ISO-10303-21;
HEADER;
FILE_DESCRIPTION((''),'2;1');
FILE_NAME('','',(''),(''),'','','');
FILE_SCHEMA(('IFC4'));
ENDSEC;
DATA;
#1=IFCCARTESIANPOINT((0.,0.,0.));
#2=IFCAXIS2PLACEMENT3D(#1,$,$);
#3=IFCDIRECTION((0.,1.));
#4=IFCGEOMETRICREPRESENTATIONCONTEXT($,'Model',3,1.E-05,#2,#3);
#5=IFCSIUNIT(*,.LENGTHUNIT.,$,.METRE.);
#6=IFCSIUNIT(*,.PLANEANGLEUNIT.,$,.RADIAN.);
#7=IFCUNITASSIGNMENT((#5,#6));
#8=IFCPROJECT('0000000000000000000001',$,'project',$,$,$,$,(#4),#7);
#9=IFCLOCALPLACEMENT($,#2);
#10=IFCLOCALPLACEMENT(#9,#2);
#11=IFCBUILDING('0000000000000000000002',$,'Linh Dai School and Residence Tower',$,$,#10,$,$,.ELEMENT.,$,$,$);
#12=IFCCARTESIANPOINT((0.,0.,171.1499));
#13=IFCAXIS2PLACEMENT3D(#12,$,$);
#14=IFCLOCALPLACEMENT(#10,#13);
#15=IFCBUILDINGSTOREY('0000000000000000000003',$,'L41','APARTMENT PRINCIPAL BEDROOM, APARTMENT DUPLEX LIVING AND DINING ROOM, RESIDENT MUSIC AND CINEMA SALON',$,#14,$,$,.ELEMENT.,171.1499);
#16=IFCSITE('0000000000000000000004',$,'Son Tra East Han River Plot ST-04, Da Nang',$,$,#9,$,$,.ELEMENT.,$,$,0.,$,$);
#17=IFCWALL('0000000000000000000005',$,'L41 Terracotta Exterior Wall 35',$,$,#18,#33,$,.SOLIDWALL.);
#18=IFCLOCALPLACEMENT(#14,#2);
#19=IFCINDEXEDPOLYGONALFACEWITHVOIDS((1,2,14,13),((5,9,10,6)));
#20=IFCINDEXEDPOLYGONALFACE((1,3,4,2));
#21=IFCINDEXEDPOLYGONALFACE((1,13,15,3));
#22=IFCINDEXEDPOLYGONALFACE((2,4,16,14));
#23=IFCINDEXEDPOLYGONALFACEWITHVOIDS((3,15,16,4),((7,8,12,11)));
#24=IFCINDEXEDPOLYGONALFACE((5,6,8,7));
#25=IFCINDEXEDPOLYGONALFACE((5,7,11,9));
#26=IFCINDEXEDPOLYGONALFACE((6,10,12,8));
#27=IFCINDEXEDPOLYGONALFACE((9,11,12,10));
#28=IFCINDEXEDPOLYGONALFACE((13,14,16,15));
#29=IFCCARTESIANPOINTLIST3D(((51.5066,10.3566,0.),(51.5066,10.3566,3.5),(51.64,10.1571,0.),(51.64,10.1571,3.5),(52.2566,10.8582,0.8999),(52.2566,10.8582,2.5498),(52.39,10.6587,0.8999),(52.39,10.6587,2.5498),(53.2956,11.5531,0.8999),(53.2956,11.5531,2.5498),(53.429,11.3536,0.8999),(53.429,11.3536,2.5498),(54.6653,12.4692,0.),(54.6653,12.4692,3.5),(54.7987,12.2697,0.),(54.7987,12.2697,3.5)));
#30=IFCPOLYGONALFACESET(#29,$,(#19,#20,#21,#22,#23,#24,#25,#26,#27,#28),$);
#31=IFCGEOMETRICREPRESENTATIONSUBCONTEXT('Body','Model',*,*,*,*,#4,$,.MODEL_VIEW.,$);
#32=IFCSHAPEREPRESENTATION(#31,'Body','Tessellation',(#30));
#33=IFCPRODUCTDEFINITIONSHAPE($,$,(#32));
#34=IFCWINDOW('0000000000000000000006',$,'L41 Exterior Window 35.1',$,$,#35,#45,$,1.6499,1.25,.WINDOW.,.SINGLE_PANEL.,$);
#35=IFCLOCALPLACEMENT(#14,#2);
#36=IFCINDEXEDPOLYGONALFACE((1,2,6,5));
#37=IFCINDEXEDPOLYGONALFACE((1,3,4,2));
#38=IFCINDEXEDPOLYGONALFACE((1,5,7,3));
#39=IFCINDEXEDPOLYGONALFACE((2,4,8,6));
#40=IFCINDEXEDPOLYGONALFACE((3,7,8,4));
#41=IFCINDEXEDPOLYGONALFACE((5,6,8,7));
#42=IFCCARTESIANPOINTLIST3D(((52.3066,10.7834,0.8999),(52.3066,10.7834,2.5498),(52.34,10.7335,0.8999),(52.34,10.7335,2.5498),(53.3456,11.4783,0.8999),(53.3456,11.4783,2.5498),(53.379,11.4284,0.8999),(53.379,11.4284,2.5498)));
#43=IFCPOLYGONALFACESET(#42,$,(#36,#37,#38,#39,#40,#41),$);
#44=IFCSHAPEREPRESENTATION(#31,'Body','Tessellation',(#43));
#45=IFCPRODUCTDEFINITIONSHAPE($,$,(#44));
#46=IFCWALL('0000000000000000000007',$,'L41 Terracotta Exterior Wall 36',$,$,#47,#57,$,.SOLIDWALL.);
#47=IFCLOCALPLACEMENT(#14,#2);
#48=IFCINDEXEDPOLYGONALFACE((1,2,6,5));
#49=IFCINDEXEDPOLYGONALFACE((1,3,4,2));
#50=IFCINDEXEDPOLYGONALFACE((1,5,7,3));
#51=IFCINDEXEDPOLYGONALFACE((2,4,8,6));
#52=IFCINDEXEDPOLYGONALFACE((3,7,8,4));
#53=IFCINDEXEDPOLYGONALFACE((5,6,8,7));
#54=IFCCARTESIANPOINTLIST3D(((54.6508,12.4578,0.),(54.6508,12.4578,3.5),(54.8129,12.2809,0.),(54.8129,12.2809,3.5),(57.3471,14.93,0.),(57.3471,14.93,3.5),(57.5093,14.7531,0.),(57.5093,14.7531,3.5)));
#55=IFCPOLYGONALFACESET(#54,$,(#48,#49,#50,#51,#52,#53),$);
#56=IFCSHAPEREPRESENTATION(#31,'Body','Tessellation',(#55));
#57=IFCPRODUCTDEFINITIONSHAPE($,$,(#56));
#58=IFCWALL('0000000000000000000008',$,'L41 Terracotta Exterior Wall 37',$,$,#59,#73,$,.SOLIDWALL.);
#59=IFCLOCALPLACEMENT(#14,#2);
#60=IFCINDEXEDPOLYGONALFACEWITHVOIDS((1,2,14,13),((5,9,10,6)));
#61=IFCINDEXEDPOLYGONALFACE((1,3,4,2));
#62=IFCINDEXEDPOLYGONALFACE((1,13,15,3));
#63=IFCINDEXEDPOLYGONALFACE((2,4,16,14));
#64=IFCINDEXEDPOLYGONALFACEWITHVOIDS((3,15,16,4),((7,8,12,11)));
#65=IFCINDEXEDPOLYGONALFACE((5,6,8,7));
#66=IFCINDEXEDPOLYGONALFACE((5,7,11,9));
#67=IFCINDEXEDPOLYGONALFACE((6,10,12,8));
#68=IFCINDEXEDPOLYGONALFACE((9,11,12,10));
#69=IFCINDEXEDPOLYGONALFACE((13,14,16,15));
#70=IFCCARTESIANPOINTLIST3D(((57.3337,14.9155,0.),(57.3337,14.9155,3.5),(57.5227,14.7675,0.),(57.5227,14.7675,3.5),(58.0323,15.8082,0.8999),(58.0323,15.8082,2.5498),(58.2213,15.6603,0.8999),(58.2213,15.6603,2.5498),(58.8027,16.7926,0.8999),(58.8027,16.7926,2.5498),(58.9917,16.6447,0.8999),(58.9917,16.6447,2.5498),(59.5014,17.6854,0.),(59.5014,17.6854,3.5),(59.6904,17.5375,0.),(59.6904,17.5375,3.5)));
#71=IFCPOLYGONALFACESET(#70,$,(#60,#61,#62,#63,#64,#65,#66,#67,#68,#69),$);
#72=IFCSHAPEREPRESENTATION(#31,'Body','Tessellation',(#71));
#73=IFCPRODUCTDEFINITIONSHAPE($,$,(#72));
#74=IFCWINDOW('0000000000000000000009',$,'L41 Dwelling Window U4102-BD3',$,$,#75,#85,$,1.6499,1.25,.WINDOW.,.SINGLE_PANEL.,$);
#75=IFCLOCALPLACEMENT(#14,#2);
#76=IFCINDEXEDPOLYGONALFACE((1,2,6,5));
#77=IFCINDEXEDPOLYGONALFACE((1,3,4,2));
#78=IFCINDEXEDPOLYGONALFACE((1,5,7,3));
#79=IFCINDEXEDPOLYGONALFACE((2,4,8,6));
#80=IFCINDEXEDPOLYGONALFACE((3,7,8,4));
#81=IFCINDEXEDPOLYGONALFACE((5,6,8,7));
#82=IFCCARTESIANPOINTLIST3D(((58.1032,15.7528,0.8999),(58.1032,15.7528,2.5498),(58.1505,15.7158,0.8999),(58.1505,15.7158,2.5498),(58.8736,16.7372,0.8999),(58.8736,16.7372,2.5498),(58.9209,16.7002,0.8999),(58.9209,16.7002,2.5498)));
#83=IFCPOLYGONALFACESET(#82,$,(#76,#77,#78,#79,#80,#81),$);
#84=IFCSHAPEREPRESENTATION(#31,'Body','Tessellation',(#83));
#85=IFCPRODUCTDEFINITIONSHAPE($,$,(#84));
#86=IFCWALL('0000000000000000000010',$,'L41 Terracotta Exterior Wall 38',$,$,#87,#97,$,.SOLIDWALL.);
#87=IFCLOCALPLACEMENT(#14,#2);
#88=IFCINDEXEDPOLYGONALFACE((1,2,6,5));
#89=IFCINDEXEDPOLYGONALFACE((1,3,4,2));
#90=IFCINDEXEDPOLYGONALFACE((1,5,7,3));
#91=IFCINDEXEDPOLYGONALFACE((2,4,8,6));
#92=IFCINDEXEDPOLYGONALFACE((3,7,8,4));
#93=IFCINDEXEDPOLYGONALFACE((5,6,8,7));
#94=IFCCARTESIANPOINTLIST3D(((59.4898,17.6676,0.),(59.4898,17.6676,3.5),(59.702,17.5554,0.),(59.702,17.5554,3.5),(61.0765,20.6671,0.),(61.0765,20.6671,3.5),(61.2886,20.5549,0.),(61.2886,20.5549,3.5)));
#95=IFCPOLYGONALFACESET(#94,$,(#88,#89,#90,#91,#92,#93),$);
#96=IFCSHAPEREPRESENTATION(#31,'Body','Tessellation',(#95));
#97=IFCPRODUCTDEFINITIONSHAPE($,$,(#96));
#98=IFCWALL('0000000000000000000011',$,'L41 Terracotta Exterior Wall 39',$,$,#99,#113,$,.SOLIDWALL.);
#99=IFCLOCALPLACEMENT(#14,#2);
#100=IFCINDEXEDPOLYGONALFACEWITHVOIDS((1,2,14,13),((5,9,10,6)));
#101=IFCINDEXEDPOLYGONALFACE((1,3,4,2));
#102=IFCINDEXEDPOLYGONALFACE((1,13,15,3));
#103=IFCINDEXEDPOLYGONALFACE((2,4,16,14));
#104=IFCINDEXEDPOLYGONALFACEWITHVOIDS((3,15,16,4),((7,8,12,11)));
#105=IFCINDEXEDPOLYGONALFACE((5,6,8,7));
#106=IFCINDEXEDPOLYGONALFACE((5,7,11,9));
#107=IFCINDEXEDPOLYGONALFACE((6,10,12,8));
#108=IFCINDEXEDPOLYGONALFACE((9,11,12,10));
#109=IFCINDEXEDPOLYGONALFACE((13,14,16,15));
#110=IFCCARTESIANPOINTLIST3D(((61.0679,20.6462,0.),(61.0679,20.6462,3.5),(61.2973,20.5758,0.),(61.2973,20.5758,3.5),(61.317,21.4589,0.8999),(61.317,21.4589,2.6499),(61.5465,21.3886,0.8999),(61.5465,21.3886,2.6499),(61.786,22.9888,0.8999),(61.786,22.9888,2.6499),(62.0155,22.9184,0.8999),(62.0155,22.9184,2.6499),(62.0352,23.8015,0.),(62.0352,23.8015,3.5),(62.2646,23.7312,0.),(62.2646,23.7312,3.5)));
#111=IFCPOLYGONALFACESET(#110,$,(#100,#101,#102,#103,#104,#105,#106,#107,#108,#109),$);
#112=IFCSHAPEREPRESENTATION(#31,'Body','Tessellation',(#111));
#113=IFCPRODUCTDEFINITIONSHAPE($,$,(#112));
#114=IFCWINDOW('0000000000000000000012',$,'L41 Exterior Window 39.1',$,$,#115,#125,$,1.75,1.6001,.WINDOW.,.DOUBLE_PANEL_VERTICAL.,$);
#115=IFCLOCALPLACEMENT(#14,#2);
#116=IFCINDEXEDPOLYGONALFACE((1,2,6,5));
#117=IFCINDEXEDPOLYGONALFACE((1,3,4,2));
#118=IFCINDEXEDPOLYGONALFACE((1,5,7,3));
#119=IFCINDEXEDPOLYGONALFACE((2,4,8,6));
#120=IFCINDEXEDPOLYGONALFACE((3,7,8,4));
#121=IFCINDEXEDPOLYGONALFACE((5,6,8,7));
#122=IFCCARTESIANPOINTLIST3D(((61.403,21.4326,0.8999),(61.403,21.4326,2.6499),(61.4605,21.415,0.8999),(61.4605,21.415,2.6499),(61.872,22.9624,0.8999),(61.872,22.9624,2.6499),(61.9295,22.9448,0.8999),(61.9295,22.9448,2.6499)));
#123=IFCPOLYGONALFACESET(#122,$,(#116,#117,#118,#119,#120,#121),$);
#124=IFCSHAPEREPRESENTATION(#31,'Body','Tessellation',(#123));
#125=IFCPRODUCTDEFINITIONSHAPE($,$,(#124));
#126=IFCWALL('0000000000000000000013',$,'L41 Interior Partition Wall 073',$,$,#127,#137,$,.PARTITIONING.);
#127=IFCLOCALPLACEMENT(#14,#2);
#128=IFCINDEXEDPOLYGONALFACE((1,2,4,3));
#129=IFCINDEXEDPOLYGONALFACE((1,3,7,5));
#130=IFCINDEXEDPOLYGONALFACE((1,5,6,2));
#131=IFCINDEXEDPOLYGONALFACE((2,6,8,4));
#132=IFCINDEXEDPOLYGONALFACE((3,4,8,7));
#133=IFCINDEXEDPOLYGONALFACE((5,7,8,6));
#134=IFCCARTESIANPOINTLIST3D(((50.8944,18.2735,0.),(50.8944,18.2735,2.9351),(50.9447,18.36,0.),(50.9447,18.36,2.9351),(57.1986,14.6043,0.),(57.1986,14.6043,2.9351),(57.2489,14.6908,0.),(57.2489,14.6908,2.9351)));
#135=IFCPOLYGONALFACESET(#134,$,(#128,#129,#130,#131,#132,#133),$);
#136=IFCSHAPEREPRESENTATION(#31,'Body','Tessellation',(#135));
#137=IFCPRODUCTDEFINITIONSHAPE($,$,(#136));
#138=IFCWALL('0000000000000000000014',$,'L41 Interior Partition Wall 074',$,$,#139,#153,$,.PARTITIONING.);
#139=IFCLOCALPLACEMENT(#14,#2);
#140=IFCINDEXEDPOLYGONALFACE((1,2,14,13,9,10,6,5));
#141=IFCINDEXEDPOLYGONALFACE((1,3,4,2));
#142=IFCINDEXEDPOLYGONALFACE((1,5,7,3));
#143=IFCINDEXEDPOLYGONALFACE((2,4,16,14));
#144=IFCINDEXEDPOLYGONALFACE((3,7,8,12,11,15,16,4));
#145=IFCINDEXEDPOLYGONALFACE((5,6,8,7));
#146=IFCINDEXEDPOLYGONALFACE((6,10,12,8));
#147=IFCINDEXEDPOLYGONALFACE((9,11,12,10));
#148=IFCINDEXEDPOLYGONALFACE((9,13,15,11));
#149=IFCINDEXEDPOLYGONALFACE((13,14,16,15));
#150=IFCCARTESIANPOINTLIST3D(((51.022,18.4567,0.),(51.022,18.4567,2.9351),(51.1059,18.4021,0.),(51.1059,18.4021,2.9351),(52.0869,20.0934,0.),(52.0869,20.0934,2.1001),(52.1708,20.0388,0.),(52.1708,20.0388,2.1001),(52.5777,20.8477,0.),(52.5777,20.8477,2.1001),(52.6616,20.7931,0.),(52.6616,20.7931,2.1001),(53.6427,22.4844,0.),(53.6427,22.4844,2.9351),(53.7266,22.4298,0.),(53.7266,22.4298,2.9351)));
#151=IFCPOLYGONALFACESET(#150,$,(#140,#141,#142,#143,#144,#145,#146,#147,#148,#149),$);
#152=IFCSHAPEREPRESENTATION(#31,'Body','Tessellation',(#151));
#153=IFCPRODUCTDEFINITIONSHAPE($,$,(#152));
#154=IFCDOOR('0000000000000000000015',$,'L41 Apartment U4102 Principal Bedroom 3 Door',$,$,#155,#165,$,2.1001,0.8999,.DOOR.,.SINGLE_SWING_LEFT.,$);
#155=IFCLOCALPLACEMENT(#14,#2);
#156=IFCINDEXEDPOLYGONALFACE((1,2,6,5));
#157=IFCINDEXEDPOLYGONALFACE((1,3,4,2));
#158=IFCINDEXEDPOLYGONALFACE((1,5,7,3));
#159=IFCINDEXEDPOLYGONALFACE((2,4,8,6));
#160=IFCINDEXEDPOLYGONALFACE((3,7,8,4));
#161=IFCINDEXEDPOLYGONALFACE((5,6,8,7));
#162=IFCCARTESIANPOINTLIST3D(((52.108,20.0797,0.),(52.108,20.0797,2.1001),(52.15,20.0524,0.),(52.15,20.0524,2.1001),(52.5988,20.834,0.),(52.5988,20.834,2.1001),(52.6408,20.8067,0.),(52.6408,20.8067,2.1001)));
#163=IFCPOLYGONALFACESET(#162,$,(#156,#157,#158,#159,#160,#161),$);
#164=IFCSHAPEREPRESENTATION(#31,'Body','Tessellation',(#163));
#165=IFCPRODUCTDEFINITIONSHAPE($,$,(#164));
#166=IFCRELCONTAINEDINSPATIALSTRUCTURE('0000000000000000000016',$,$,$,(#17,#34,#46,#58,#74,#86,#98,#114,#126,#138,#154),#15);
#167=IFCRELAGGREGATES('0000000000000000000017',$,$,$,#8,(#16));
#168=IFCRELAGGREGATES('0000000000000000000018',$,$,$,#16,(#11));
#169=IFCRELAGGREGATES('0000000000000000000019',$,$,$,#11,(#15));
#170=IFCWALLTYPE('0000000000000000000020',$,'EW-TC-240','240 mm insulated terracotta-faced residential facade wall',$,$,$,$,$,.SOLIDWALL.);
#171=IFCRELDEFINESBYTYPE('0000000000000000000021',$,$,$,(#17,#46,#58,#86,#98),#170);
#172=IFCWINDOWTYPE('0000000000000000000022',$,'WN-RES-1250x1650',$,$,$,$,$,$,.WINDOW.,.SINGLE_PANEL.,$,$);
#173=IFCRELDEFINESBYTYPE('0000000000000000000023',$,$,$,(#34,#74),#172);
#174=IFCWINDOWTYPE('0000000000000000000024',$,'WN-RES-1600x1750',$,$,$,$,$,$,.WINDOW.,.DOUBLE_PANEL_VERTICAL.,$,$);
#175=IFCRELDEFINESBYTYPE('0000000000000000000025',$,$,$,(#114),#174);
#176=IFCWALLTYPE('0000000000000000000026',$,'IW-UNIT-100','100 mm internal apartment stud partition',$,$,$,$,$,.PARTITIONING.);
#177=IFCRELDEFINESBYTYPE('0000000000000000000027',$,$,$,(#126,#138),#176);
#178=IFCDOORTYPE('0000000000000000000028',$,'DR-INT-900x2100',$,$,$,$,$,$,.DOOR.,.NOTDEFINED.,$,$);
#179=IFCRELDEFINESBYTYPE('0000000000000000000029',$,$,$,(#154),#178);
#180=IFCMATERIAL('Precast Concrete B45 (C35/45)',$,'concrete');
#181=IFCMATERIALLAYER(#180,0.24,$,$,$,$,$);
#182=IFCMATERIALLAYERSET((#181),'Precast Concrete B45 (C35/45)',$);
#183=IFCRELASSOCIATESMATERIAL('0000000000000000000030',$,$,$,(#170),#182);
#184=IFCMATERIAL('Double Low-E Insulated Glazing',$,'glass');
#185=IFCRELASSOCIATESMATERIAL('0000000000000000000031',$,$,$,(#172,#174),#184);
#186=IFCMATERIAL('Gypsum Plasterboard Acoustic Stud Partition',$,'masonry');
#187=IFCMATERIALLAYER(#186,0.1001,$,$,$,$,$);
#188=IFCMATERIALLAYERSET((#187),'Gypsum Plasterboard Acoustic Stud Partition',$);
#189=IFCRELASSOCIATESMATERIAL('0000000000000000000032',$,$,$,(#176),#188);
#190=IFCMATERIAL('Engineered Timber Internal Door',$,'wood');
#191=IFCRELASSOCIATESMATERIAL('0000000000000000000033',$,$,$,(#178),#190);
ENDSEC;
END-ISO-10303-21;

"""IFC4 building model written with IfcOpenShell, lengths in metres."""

from ifc_helpers import new_model, si_unit, direction, frame, frame_2d, origin, origin_2d, place, context, subcontext, project, spatial, rectangle, extrude, source, transform, mapped, material, layer, layer_set, type_object, element, fill, save


model = new_model("IFC4")

# Units and contexts
model_context = context("Model", 3, precision=1e-05, world=origin(), true_north=direction((0.0, 1.0)))
body_context = subcontext(model_context, "Body", "Model", "MODEL_VIEW")
ifc_project = project(units=[si_unit("LENGTHUNIT", "METRE"), si_unit("PLANEANGLEUNIT", "RADIAN")], contexts=[model_context])

# Site, building, storey
site_placement = place(None, origin())
site = spatial("IfcSite", under=ifc_project, at=site_placement, Name="Son Tra East Han River Plot ST-04, Da Nang", CompositionType="ELEMENT", RefElevation=0.0)
building_placement = place(site_placement, origin())
building = spatial("IfcBuilding", under=site, at=building_placement, Name="Linh Dai School and Residence Tower", CompositionType="ELEMENT")
storey_placement = place(building_placement, frame((0.0, 0.0, 171.1499)))
storey = spatial("IfcBuildingStorey", under=building, at=storey_placement, Name="L41", Description="APARTMENT PRINCIPAL BEDROOM, APARTMENT DUPLEX LIVING AND DINING ROOM, RESIDENT MUSIC AND CINEMA SALON", CompositionType="ELEMENT", Elevation=171.1499)

# Shared definitions
ifc_material_1 = material(Name="Precast Concrete B45 (C35/45)", Category="concrete")

# Wall, opening, window
ifc_layer_1 = layer(ifc_material_1, 0.24)
ifc_layer_set_1 = layer_set([ifc_layer_1], Name="Precast Concrete B45 (C35/45)")
wall_type_1 = type_object("IfcWallType", Name="EW-TC-240", Description="240 mm insulated terracotta-faced residential facade wall", PredefinedType="SOLIDWALL", material=ifc_layer_set_1)
ifc_material_2 = material(Name="Double Low-E Insulated Glazing", Category="glass")
wall_1_placement = place(storey_placement, frame((54.7319, 12.3694, 0.0), z_axis=(0.0, 0.0, 1.0), x_axis=(-0.831229, -0.55593, 0.0)))
wall_1 = element("IfcWall", 1, at=wall_1_placement, inside=storey, type_object=wall_type_1, Name="L41 Terracotta Exterior Wall 35", PredefinedType="SOLIDWALL", context=body_context, shape_type="SweptSolid", body=[
    extrude(rectangle(XDim=3.8, YDim=0.24, at=frame_2d((1.8999, 0.0))), origin(), (0.0, 0.0, 1.0), 3.5),
])
opening_1_placement = place(wall_1_placement, frame((1.6477, 0.0, 0.8999)))
opening_1 = element("IfcOpeningElement", 2, at=opening_1_placement, cuts=wall_1, PredefinedType="OPENING", context=body_context, shape_type="SweptSolid", body=[
    extrude(rectangle(XDim=1.25, YDim=1.6499, at=origin_2d()), frame((0.625, 0.1299, 0.825), z_axis=(0.0, -1.0, 0.0), x_axis=(1.0, 0.0, 0.0)), (0.0, 0.0, 1.0), 0.26),
])
window_type_1 = type_object("IfcWindowType", Name="WN-RES-1250x1650", PartitioningType="SINGLE_PANEL", PredefinedType="WINDOW", material=ifc_material_2)
shared_shape_1 = source(origin(), body_context, "Body", "SweptSolid", [
    extrude(rectangle(XDim=1.25, YDim=1.6499, at=origin_2d()), frame((0.625, 0.03, 0.825), z_axis=(0.0, -1.0, 0.0), x_axis=(1.0, 0.0, 0.0)), (0.0, 0.0, 1.0), 0.0601),
])
window_1_placement = place(opening_1_placement, origin())
window_1 = element("IfcWindow", 3, at=window_1_placement, inside=storey, type_object=window_type_1, Name="L41 Exterior Window 35.1", OverallHeight=1.6499, OverallWidth=1.25, PartitioningType="SINGLE_PANEL", PredefinedType="WINDOW", context=body_context, shape_type="MappedRepresentation", body=[
    mapped(shared_shape_1, transform((0.0, 0.0, 0.0), x_axis=(1.0, 0.0, 0.0), y_axis=(0.0, 1.0, 0.0), z_axis=(0.0, 0.0, 1.0), scale=1.0)),
])
fill(opening_1, window_1)

# Wall
wall_2_placement = place(storey_placement, frame((57.4282, 14.8416, 0.0), z_axis=(0.0, 0.0, 1.0), x_axis=(-0.737077, -0.675809, 0.0)))
element("IfcWall", 4, at=wall_2_placement, inside=storey, type_object=wall_type_1, Name="L41 Terracotta Exterior Wall 36", PredefinedType="SOLIDWALL", context=body_context, shape_type="SweptSolid", body=[
    extrude(rectangle(XDim=3.6582, YDim=0.24, at=frame_2d((1.8291, 0.0))), origin(), (0.0, 0.0, 1.0), 3.5),
])

# Wall, opening, window
wall_3_placement = place(storey_placement, frame((59.5959, 17.6116, 0.0), z_axis=(0.0, 0.0, 1.0), x_axis=(-0.616288, -0.787521, 0.0)))
wall_3 = element("IfcWall", 5, at=wall_3_placement, inside=storey, type_object=wall_type_1, Name="L41 Terracotta Exterior Wall 37", PredefinedType="SOLIDWALL", context=body_context, shape_type="SweptSolid", body=[
    extrude(rectangle(XDim=3.5173, YDim=0.24, at=frame_2d((1.7588, 0.0))), origin(), (0.0, 0.0, 1.0), 3.5),
])
opening_2_placement = place(wall_3_placement, frame((1.1338, 0.0, 0.8999)))
opening_2 = element("IfcOpeningElement", 6, at=opening_2_placement, cuts=wall_3, PredefinedType="OPENING", context=body_context, shape_type="SweptSolid", body=[
    extrude(rectangle(XDim=1.25, YDim=1.6499, at=origin_2d()), frame((0.625, 0.1299, 0.825), z_axis=(0.0, -1.0, 0.0), x_axis=(1.0, 0.0, 0.0)), (0.0, 0.0, 1.0), 0.26),
])
window_2_placement = place(opening_2_placement, origin())
window_2 = element("IfcWindow", 7, at=window_2_placement, inside=storey, type_object=window_type_1, Name="L41 Dwelling Window U4102-BD3", OverallHeight=1.6499, OverallWidth=1.25, PartitioningType="SINGLE_PANEL", PredefinedType="WINDOW", context=body_context, shape_type="MappedRepresentation", body=[
    mapped(shared_shape_1, transform((0.0, 0.0, 0.0), x_axis=(1.0, 0.0, 0.0), y_axis=(0.0, 1.0, 0.0), z_axis=(0.0, 0.0, 1.0), scale=1.0)),
])
fill(opening_2, window_2)

# Wall
wall_4_placement = place(storey_placement, frame((61.1826, 20.6111, 0.0), z_axis=(0.0, 0.0, 1.0), x_axis=(-0.467587, -0.883947, 0.0)))
element("IfcWall", 8, at=wall_4_placement, inside=storey, type_object=wall_type_1, Name="L41 Terracotta Exterior Wall 38", PredefinedType="SOLIDWALL", context=body_context, shape_type="SweptSolid", body=[
    extrude(rectangle(XDim=3.3933, YDim=0.24, at=frame_2d((1.6968, 0.0))), origin(), (0.0, 0.0, 1.0), 3.5),
])

# Wall, opening, window
wall_5_placement = place(storey_placement, frame((62.1499, 23.7664, 0.0), z_axis=(0.0, 0.0, 1.0), x_axis=(-0.293098, -0.956082, 0.0)))
wall_5 = element("IfcWall", 9, at=wall_5_placement, inside=storey, type_object=wall_type_1, Name="L41 Terracotta Exterior Wall 39", PredefinedType="SOLIDWALL", context=body_context, shape_type="SweptSolid", body=[
    extrude(rectangle(XDim=3.3003, YDim=0.24, at=frame_2d((1.6501, 0.0))), origin(), (0.0, 0.0, 1.0), 3.5),
])
opening_3_placement = place(wall_5_placement, frame((0.8501, 0.0, 0.8999)))
opening_3 = element("IfcOpeningElement", 10, at=opening_3_placement, cuts=wall_5, PredefinedType="OPENING", context=body_context, shape_type="SweptSolid", body=[
    extrude(rectangle(XDim=1.6001, YDim=1.75, at=origin_2d()), frame((0.8, 0.1299, 0.875), z_axis=(0.0, -1.0, 0.0), x_axis=(1.0, 0.0, 0.0)), (0.0, 0.0, 1.0), 0.26),
])
window_type_2 = type_object("IfcWindowType", Name="WN-RES-1600x1750", PartitioningType="DOUBLE_PANEL_VERTICAL", PredefinedType="WINDOW", material=ifc_material_2)
shared_shape_2 = source(origin(), body_context, "Body", "SweptSolid", [
    extrude(rectangle(XDim=1.6001, YDim=1.75, at=origin_2d()), frame((0.8, 0.03, 0.875), z_axis=(0.0, -1.0, 0.0), x_axis=(1.0, 0.0, 0.0)), (0.0, 0.0, 1.0), 0.0601),
])
window_3_placement = place(opening_3_placement, origin())
window_3 = element("IfcWindow", 11, at=window_3_placement, inside=storey, type_object=window_type_2, Name="L41 Exterior Window 39.1", OverallHeight=1.75, OverallWidth=1.6001, PartitioningType="DOUBLE_PANEL_VERTICAL", PredefinedType="WINDOW", context=body_context, shape_type="MappedRepresentation", body=[
    mapped(shared_shape_2, transform((0.0, 0.0, 0.0), x_axis=(1.0, 0.0, 0.0), y_axis=(0.0, 1.0, 0.0), z_axis=(0.0, 0.0, 1.0), scale=1.0)),
])
fill(opening_3, window_3)

# Wall
ifc_material_3 = material(Name="Gypsum Plasterboard Acoustic Stud Partition", Category="masonry")
ifc_layer_2 = layer(ifc_material_3, 0.1001)
ifc_layer_set_2 = layer_set([ifc_layer_2], Name="Gypsum Plasterboard Acoustic Stud Partition")
wall_type_2 = type_object("IfcWallType", Name="IW-UNIT-100", Description="100 mm internal apartment stud partition", PredefinedType="PARTITIONING", material=ifc_layer_set_2)
wall_6_placement = place(storey_placement, frame((50.9197, 18.3167, 0.0), z_axis=(0.0, 0.0, 1.0), x_axis=(0.864271, -0.503026, 0.0)))
element("IfcWall", 12, at=wall_6_placement, inside=storey, type_object=wall_type_2, Name="L41 Interior Partition Wall 073", PredefinedType="PARTITIONING", context=body_context, shape_type="SweptSolid", body=[
    extrude(rectangle(XDim=7.2942, YDim=0.1001, at=frame_2d((3.647, 0.0))), origin(), (0.0, 0.0, 1.0), 2.9351),
])

# Wall, opening, door
wall_7_placement = place(storey_placement, frame((51.064, 18.4294, 0.0), z_axis=(0.0, 0.0, 1.0), x_axis=(0.545379, 0.838189, 0.0)))
wall_7 = element("IfcWall", 13, at=wall_7_placement, inside=storey, type_object=wall_type_2, Name="L41 Interior Partition Wall 074", PredefinedType="PARTITIONING", context=body_context, shape_type="SweptSolid", body=[
    extrude(rectangle(XDim=4.8052, YDim=0.1001, at=frame_2d((2.4026, 0.0))), origin(), (0.0, 0.0, 1.0), 2.9351),
])
opening_4_placement = place(wall_7_placement, frame((1.9526, 0.0, 0.0)))
opening_4 = element("IfcOpeningElement", 14, at=opening_4_placement, cuts=wall_7, PredefinedType="OPENING", context=body_context, shape_type="SweptSolid", body=[
    extrude(rectangle(XDim=0.8999, YDim=2.1001, at=origin_2d()), frame((0.45, 0.0601, 1.05), z_axis=(0.0, -1.0, 0.0), x_axis=(1.0, 0.0, 0.0)), (0.0, 0.0, 1.0), 0.1201),
])
ifc_material_4 = material(Name="Engineered Timber Internal Door", Category="wood")
door_type = type_object("IfcDoorType", Name="DR-INT-900x2100", OperationType="NOTDEFINED", PredefinedType="DOOR", material=ifc_material_4)
shared_shape_3 = source(origin(), body_context, "Body", "SweptSolid", [
    extrude(rectangle(XDim=0.8999, YDim=2.1001, at=origin_2d()), frame((0.45, 0.0249, 1.05), z_axis=(0.0, -1.0, 0.0), x_axis=(1.0, 0.0, 0.0)), (0.0, 0.0, 1.0), 0.05),
])
door_1_placement = place(opening_4_placement, origin())
door_1 = element("IfcDoor", 15, at=door_1_placement, inside=storey, type_object=door_type, Name="L41 Apartment U4102 Principal Bedroom 3 Door", OperationType="SINGLE_SWING_LEFT", OverallHeight=2.1001, OverallWidth=0.8999, PredefinedType="DOOR", context=body_context, shape_type="MappedRepresentation", body=[
    mapped(shared_shape_3, transform((0.0, 0.0, 0.0), x_axis=(1.0, 0.0, 0.0), y_axis=(0.0, 1.0, 0.0), z_axis=(0.0, 0.0, 1.0), scale=1.0)),
])
fill(opening_4, door_1)

save(model, "model.ifc")
